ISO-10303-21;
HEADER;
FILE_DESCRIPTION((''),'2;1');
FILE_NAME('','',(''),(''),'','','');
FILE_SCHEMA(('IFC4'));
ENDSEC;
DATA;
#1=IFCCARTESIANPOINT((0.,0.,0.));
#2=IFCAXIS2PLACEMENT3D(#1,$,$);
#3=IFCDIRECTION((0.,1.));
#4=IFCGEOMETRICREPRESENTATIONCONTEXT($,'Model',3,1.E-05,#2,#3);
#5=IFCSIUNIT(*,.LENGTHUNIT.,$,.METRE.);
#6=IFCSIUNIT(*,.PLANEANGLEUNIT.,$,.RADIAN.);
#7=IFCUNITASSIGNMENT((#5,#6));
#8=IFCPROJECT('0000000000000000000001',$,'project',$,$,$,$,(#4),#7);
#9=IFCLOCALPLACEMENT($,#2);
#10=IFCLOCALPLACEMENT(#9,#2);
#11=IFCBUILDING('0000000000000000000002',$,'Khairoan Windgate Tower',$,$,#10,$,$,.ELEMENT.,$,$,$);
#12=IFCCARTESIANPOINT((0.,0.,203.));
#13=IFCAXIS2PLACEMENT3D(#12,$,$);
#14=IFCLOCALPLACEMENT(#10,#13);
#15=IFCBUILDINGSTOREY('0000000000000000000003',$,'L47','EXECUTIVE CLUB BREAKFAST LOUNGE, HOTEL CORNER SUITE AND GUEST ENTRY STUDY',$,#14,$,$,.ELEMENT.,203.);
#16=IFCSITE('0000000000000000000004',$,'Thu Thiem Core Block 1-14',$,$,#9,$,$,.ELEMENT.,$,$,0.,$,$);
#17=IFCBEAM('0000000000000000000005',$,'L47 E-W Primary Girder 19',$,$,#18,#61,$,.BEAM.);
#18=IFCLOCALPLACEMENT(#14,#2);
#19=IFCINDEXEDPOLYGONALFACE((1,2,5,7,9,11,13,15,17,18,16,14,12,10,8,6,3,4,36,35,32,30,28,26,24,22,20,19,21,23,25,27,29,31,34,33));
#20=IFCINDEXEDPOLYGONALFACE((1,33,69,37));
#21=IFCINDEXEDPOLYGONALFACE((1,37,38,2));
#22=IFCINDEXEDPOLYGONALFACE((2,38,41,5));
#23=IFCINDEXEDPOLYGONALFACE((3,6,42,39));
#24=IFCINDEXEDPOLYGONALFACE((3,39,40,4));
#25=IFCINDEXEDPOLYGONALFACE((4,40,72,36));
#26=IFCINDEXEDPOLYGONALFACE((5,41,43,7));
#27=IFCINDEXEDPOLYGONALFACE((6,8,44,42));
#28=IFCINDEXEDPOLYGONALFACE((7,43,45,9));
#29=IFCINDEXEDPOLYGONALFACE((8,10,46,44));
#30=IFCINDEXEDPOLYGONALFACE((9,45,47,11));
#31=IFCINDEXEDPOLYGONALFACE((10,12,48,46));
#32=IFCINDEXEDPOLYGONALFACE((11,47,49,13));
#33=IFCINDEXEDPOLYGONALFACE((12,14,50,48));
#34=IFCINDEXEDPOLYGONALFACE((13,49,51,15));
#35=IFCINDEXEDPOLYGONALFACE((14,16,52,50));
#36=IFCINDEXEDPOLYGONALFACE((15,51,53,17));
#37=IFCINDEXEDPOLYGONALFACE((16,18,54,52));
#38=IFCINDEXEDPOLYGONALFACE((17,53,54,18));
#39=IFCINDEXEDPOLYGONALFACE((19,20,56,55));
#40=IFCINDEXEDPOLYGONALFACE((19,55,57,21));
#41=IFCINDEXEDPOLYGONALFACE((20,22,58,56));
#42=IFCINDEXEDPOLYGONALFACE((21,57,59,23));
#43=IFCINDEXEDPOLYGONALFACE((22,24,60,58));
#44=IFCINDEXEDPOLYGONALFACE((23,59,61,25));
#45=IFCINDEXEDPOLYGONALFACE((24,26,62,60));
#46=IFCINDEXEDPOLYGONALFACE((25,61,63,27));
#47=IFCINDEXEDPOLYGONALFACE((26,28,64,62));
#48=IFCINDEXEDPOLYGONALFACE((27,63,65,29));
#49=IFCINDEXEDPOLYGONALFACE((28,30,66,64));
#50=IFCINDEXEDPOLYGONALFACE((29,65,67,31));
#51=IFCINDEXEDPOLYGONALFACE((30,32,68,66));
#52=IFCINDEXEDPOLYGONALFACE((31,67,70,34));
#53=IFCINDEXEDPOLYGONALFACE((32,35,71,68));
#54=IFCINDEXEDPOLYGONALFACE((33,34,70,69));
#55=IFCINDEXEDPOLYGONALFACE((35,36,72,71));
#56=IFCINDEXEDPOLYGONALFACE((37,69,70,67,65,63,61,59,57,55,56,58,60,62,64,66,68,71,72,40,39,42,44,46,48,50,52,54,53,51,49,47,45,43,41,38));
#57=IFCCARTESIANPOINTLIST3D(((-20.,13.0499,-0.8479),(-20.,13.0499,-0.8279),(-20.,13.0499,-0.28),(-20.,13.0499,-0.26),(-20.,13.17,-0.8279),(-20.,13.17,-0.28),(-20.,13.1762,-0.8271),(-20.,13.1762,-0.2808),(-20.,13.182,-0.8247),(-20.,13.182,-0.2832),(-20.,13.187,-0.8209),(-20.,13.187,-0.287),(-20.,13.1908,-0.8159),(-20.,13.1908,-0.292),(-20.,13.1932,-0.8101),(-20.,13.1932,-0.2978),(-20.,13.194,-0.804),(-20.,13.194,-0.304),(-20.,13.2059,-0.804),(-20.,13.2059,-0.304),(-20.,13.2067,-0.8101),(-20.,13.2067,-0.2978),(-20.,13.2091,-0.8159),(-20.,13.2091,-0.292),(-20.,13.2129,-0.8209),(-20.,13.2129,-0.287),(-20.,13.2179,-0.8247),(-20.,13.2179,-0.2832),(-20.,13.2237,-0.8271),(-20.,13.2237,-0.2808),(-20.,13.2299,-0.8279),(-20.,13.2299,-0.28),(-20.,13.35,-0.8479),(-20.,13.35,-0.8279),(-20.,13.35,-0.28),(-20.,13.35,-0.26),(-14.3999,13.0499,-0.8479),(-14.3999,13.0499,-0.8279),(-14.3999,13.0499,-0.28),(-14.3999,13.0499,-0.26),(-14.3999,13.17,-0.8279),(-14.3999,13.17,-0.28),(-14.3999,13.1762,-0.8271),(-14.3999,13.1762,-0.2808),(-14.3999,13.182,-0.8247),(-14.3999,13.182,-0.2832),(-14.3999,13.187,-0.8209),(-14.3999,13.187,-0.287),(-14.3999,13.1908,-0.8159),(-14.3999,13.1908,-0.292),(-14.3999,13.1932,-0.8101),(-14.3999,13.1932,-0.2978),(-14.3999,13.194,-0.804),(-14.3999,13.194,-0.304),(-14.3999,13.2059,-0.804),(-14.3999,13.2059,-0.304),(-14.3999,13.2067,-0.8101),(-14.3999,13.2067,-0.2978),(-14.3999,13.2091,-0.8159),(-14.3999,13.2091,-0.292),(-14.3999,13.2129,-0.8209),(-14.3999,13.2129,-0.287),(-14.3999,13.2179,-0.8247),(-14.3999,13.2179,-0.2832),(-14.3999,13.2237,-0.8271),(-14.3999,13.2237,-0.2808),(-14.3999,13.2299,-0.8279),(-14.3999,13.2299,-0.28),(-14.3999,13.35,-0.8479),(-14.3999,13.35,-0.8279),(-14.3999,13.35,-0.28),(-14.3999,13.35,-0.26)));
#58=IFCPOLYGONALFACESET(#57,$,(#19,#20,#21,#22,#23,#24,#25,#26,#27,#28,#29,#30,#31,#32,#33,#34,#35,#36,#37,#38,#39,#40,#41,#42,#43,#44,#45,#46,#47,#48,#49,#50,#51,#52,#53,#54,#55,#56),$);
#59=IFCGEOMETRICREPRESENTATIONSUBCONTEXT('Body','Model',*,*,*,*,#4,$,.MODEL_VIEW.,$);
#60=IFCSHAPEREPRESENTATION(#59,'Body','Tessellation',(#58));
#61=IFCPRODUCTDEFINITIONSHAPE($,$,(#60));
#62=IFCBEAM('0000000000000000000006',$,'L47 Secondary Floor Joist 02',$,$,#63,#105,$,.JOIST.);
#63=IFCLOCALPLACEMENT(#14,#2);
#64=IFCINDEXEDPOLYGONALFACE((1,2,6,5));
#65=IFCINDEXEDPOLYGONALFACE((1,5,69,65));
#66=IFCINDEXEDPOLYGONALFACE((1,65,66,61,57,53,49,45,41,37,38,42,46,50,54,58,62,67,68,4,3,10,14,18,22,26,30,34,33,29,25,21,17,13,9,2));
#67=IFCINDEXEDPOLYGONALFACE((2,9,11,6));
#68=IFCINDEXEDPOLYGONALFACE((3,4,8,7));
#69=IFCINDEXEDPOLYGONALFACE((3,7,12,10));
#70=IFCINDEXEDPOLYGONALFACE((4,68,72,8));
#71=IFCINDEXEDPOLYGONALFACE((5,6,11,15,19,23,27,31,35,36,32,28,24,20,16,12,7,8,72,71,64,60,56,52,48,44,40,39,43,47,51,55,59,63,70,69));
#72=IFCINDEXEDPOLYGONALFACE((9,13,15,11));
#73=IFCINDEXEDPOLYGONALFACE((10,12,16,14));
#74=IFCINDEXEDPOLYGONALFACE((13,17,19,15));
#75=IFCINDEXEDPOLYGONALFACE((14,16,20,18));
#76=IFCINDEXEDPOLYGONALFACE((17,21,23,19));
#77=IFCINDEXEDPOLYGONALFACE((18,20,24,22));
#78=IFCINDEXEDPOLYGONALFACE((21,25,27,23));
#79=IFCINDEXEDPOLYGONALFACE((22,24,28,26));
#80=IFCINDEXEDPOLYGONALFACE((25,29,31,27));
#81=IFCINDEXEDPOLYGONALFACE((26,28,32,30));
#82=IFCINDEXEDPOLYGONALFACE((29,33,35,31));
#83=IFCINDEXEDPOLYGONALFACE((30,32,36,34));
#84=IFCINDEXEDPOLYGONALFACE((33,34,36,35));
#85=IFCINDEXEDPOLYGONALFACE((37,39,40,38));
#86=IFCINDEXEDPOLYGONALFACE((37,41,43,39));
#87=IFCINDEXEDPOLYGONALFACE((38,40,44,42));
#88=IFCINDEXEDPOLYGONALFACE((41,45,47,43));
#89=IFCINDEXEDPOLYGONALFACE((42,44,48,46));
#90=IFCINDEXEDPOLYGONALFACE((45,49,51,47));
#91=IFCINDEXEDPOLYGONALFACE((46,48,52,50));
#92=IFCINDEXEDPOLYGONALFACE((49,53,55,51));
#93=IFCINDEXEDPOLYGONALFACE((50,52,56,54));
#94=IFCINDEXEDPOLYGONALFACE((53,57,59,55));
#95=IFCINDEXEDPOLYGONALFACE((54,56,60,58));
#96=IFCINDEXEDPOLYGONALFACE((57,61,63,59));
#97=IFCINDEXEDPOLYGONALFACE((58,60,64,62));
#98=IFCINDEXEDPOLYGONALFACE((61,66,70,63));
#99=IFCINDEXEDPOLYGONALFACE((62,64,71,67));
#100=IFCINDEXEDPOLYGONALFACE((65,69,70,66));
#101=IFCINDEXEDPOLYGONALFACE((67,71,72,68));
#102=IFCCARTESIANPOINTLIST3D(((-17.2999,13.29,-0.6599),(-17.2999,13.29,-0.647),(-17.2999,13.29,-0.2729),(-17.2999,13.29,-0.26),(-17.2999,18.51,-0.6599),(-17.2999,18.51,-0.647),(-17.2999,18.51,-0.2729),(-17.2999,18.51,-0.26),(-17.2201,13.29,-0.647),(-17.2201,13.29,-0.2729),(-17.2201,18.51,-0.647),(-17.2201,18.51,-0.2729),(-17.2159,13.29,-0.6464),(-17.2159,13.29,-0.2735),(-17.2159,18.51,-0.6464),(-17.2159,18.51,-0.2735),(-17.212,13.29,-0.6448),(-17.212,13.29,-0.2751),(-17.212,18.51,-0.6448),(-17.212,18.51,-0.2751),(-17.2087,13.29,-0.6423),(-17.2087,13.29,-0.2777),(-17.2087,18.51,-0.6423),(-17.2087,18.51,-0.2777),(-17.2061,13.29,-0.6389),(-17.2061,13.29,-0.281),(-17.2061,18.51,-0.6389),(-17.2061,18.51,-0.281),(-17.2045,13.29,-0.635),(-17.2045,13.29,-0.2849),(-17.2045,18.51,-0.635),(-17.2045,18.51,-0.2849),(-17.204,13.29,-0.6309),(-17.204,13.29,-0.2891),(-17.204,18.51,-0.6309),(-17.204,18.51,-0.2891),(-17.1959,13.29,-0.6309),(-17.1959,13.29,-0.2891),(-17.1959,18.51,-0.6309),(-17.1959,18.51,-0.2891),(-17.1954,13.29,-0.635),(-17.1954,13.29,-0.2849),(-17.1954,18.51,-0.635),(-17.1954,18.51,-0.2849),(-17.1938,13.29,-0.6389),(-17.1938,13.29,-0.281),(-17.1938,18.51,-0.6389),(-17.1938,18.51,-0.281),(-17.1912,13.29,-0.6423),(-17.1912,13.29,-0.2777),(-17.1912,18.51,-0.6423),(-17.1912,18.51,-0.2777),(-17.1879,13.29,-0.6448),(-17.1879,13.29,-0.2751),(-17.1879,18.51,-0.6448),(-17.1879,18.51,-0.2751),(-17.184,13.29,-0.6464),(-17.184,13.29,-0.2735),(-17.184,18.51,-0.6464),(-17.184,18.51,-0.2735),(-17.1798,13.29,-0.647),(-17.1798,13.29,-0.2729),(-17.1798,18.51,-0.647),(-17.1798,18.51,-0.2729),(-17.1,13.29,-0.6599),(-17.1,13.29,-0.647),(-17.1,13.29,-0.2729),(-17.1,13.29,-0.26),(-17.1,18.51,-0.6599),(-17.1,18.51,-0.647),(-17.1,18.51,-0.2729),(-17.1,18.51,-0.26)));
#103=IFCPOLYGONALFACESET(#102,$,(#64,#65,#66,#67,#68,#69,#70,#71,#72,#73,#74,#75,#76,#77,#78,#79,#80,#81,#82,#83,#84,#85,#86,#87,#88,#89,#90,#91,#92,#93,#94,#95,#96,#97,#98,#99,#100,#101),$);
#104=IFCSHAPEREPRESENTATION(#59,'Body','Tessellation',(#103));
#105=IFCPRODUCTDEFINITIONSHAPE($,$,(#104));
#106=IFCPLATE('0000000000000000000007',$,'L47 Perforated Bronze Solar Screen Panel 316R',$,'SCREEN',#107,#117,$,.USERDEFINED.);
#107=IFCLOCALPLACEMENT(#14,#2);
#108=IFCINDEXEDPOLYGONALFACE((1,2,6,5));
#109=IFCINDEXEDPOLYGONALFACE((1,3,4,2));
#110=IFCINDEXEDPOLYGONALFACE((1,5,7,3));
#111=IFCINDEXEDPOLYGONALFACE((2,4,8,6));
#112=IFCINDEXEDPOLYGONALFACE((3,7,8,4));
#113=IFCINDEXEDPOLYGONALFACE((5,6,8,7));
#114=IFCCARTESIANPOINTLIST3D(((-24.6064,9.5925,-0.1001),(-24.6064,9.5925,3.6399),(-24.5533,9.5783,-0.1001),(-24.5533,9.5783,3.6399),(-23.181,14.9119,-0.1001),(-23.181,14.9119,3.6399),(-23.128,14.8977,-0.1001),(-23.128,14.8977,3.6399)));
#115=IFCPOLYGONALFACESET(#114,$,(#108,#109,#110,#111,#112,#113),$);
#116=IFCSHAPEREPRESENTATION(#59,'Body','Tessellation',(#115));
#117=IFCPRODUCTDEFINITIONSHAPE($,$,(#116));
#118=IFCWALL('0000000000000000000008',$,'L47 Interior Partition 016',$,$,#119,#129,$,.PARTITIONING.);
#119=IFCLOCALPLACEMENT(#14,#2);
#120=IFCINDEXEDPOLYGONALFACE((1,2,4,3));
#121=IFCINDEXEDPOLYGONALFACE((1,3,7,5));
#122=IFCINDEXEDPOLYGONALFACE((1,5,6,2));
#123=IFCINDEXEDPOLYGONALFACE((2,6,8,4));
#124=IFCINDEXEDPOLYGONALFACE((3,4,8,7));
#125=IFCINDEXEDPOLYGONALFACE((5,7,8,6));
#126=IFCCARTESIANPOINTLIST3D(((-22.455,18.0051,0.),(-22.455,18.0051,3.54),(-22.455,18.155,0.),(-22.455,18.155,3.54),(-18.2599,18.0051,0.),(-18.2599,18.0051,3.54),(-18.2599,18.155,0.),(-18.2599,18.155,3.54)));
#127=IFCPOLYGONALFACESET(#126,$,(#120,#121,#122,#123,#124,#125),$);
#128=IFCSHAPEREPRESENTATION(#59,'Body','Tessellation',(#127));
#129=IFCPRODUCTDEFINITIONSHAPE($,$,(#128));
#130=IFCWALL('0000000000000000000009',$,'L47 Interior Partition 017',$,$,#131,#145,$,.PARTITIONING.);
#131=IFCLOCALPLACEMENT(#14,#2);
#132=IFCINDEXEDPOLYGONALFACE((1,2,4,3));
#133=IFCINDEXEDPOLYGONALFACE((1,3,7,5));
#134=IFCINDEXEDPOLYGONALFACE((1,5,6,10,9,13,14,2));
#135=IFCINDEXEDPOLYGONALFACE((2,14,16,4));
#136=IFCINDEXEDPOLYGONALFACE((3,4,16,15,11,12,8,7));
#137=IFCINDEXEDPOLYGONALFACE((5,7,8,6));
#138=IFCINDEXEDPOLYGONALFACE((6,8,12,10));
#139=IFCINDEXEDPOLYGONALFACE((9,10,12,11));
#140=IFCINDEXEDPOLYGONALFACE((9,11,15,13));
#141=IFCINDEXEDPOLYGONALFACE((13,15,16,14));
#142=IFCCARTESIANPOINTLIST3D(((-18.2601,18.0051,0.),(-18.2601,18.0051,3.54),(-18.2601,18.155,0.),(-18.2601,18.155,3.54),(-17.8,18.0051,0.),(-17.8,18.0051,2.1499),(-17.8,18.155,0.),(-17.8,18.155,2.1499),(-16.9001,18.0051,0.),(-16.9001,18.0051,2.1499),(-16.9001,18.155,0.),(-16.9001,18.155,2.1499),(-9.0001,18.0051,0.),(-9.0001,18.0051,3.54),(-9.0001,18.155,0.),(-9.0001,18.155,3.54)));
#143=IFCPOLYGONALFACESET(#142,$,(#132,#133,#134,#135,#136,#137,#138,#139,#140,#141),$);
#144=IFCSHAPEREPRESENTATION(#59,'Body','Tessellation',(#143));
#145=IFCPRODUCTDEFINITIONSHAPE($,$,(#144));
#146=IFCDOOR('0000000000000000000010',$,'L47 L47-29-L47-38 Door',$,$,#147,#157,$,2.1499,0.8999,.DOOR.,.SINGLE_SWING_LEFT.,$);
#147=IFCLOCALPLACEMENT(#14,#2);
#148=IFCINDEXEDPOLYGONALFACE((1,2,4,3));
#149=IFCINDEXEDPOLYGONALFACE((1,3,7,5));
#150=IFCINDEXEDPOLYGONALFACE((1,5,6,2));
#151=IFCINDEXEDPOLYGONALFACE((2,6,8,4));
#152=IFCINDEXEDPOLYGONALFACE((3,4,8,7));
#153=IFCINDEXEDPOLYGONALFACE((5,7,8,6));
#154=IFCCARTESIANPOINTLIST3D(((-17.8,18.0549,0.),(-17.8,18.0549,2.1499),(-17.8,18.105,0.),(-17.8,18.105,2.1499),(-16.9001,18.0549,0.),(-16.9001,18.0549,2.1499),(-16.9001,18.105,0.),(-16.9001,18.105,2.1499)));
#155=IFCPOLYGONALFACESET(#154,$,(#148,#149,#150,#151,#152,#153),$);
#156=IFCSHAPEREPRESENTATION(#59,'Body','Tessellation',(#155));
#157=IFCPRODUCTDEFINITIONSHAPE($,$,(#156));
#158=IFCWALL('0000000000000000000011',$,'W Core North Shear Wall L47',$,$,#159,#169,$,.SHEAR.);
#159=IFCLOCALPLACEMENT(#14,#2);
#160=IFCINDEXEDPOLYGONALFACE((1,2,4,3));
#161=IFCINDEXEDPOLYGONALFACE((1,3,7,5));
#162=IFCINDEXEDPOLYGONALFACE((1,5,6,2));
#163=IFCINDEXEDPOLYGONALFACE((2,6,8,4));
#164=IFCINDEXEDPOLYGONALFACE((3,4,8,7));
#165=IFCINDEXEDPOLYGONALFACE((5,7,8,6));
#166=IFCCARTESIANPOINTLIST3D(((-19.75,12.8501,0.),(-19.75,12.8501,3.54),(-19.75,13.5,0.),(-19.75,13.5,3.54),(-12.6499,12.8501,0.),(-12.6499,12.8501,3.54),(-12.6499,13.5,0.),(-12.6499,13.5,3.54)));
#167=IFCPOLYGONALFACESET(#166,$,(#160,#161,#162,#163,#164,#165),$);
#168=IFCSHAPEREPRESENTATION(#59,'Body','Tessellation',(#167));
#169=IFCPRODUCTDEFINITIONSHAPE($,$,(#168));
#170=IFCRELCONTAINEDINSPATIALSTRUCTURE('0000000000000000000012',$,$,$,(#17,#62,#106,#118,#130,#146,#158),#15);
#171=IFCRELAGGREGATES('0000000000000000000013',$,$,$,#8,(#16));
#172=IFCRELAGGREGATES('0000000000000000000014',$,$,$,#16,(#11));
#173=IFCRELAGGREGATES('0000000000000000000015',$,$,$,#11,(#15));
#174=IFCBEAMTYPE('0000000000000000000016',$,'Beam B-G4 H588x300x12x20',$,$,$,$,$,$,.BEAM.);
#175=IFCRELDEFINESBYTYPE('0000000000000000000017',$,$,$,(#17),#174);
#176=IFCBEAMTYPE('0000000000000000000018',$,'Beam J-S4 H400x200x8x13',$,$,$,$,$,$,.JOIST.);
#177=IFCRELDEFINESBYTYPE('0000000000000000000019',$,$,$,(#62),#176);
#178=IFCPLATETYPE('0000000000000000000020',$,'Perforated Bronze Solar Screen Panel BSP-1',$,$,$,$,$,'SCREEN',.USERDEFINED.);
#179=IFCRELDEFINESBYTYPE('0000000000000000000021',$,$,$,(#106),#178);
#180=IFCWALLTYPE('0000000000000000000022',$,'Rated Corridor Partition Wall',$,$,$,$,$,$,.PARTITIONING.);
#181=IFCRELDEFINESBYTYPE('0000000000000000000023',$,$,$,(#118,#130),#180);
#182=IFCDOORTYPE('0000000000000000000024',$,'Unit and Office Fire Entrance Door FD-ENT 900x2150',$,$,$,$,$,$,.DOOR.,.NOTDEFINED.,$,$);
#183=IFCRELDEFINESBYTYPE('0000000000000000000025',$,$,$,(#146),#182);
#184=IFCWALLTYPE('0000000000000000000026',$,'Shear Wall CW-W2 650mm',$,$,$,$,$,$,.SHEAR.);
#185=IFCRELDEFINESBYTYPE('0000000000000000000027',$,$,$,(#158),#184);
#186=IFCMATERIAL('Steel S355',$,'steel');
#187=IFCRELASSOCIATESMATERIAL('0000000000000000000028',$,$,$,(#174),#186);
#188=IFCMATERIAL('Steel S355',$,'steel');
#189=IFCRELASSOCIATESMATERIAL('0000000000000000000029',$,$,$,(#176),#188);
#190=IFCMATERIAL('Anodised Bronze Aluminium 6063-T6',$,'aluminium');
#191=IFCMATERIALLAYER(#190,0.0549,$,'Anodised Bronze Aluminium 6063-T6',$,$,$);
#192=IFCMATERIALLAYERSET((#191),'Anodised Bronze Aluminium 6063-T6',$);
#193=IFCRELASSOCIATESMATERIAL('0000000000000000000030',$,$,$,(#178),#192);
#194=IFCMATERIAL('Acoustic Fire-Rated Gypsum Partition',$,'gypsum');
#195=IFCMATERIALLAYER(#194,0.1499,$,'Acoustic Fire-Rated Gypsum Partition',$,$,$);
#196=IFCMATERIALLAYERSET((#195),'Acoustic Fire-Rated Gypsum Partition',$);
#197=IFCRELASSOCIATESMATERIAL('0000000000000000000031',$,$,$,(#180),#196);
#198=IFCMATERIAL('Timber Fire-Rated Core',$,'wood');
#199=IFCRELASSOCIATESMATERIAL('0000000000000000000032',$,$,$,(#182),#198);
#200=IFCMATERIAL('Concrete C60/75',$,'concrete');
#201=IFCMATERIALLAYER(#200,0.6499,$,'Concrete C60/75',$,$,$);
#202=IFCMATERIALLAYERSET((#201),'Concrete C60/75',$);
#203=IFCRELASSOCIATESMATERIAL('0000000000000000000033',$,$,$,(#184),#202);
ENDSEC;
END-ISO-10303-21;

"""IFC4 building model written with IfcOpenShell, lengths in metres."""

from ifc_helpers import new_model, si_unit, direction, frame, frame_2d, origin, origin_2d, place, context, subcontext, project, spatial, rectangle, i_section, extrude, material, layer, layer_set, material_profile, profile_set, type_object, element, fill, save


model = new_model("IFC4")

# Units and contexts
model_context = context("Model", 3, precision=1e-05, world=origin(), true_north=direction((0.0, 1.0)))
body_context = subcontext(model_context, "Body", "Model", "MODEL_VIEW")
ifc_project = project(units=[si_unit("LENGTHUNIT", "METRE"), si_unit("PLANEANGLEUNIT", "RADIAN")], contexts=[model_context])

# Site, building, storey
site_placement = place(None, origin())
site = spatial("IfcSite", under=ifc_project, at=site_placement, Name="Thu Thiem Core Block 1-14", CompositionType="ELEMENT", RefElevation=0.0)
building_placement = place(site_placement, origin())
building = spatial("IfcBuilding", under=site, at=building_placement, Name="Khairoan Windgate Tower", CompositionType="ELEMENT")
storey_placement = place(building_placement, frame((0.0, 0.0, 203.0)))
storey = spatial("IfcBuildingStorey", under=building, at=storey_placement, Name="L47", Description="EXECUTIVE CLUB BREAKFAST LOUNGE, HOTEL CORNER SUITE AND GUEST ENTRY STUDY", CompositionType="ELEMENT", Elevation=203.0)

# Beams
ifc_material_1 = material(Name="Steel S355", Category="steel")
ifc_material_profile_1 = material_profile(ifc_material_1, i_section(OverallWidth=0.3, OverallDepth=0.5879, WebThickness=0.012, FlangeThickness=0.02, FilletRadius=0.0239, at=origin_2d()))
ifc_profile_set_1 = profile_set([ifc_material_profile_1], Name="Steel S355")
beam_type_1 = type_object("IfcBeamType", Name="Beam B-G4 H588x300x12x20", PredefinedType="BEAM", material=ifc_profile_set_1)
beam_1_placement = place(storey_placement, frame((-20.0, 13.2, -0.554), z_axis=(1.0, 0.0, 0.0), x_axis=(0.0, 1.0, 0.0)))
element("IfcBeam", 1, at=beam_1_placement, inside=storey, type_object=beam_type_1, Name="L47 E-W Primary Girder 19", PredefinedType="BEAM", context=body_context, shape_type="SweptSolid", body=[
    extrude(i_section(OverallWidth=0.3, OverallDepth=0.5879, WebThickness=0.012, FlangeThickness=0.02, FilletRadius=0.0239, at=origin_2d()), origin(), (0.0, 0.0, 1.0), 5.6001),
])
ifc_material_2 = material(Name="Steel S355", Category="steel")
ifc_material_profile_2 = material_profile(ifc_material_2, i_section(OverallWidth=0.2, OverallDepth=0.3999, WebThickness=0.0081, FlangeThickness=0.0129, FilletRadius=0.0161, at=origin_2d()))
ifc_profile_set_2 = profile_set([ifc_material_profile_2], Name="Steel S355")
beam_type_2 = type_object("IfcBeamType", Name="Beam J-S4 H400x200x8x13", PredefinedType="JOIST", material=ifc_profile_set_2)
beam_2_placement = place(storey_placement, frame((-17.2, 13.29, -0.46), z_axis=(0.0, 1.0, 0.0), x_axis=(-1.0, 0.0, 0.0)))
element("IfcBeam", 2, at=beam_2_placement, inside=storey, type_object=beam_type_2, Name="L47 Secondary Floor Joist 02", PredefinedType="JOIST", context=body_context, shape_type="SweptSolid", body=[
    extrude(i_section(OverallWidth=0.2, OverallDepth=0.3999, WebThickness=0.0081, FlangeThickness=0.0129, FilletRadius=0.0161, at=origin_2d()), origin(), (0.0, 0.0, 1.0), 5.22),
])

# Plate
ifc_material_3 = material(Name="Anodised Bronze Aluminium 6063-T6", Category="aluminium")
ifc_layer_1 = layer(ifc_material_3, 0.0549, Name="Anodised Bronze Aluminium 6063-T6")
ifc_layer_set_1 = layer_set([ifc_layer_1], Name="Anodised Bronze Aluminium 6063-T6")
plate_type = type_object("IfcPlateType", Name="Perforated Bronze Solar Screen Panel BSP-1", ElementType="SCREEN", PredefinedType="USERDEFINED", material=ifc_layer_set_1)
plate_placement = place(storey_placement, frame((-23.8672, 12.2451, -0.1001), z_axis=(0.0, 0.0, 1.0), x_axis=(0.258819, 0.965926, 0.0)))
element("IfcPlate", 3, at=plate_placement, inside=storey, type_object=plate_type, Name="L47 Perforated Bronze Solar Screen Panel 316R", ObjectType="SCREEN", PredefinedType="USERDEFINED", context=body_context, shape_type="SweptSolid", body=[
    extrude(rectangle(XDim=5.5071, YDim=0.0549, at=origin_2d()), origin(), (0.0, 0.0, 1.0), 3.74),
])

# Wall
ifc_material_4 = material(Name="Acoustic Fire-Rated Gypsum Partition", Category="gypsum")
ifc_layer_2 = layer(ifc_material_4, 0.1499, Name="Acoustic Fire-Rated Gypsum Partition")
ifc_layer_set_2 = layer_set([ifc_layer_2], Name="Acoustic Fire-Rated Gypsum Partition")
wall_type_1 = type_object("IfcWallType", Name="Rated Corridor Partition Wall", PredefinedType="PARTITIONING", material=ifc_layer_set_2)
wall_1_placement = place(storey_placement, frame((-22.4551, 18.0801, 0.0), z_axis=(0.0, 0.0, 1.0), x_axis=(1.0, 0.0, 0.0)))
element("IfcWall", 4, at=wall_1_placement, inside=storey, type_object=wall_type_1, Name="L47 Interior Partition 016", PredefinedType="PARTITIONING", context=body_context, shape_type="SweptSolid", body=[
    extrude(rectangle(XDim=4.1951, YDim=0.1499, at=frame_2d((2.0977, 0.0))), origin(), (0.0, 0.0, 1.0), 3.54),
])

# Wall, opening, door
wall_2_placement = place(storey_placement, frame((-18.26, 18.0801, 0.0), z_axis=(0.0, 0.0, 1.0), x_axis=(1.0, 0.0, 0.0)))
wall_2 = element("IfcWall", 5, at=wall_2_placement, inside=storey, type_object=wall_type_1, Name="L47 Interior Partition 017", PredefinedType="PARTITIONING", context=body_context, shape_type="SweptSolid", body=[
    extrude(rectangle(XDim=9.26, YDim=0.1499, at=frame_2d((4.6299, 0.0))), origin(), (0.0, 0.0, 1.0), 3.54),
])
opening_1_placement = place(wall_2_placement, frame((0.46, 0.0, 0.0)))
opening_1 = element("IfcOpeningElement", 6, at=opening_1_placement, cuts=wall_2, PredefinedType="OPENING", context=body_context, shape_type="SweptSolid", body=[
    extrude(rectangle(XDim=0.8999, YDim=2.1499, at=frame_2d((0.45, 1.075))), frame((0.0, 0.085, 0.0), z_axis=(0.0, -1.0, 0.0), x_axis=(1.0, 0.0, 0.0)), (0.0, 0.0, 1.0), 0.1699),
])
ifc_material_5 = material(Name="Timber Fire-Rated Core", Category="wood")
door_type = type_object("IfcDoorType", Name="Unit and Office Fire Entrance Door FD-ENT 900x2150", OperationType="NOTDEFINED", PredefinedType="DOOR", material=ifc_material_5)
door_1_placement = place(opening_1_placement, origin())
door_1 = element("IfcDoor", 7, at=door_1_placement, inside=storey, type_object=door_type, Name="L47 L47-29-L47-38 Door", OperationType="SINGLE_SWING_LEFT", OverallHeight=2.1499, OverallWidth=0.8999, PredefinedType="DOOR", context=body_context, shape_type="SweptSolid", body=[
    extrude(rectangle(XDim=0.8999, YDim=2.1499, at=frame_2d((0.45, 1.075))), frame((0.0, 0.0249, 0.0), z_axis=(0.0, -1.0, 0.0), x_axis=(1.0, 0.0, 0.0)), (0.0, 0.0, 1.0), 0.05),
])
fill(opening_1, door_1)

# Wall
ifc_material_6 = material(Name="Concrete C60/75", Category="concrete")
ifc_layer_3 = layer(ifc_material_6, 0.6499, Name="Concrete C60/75")
ifc_layer_set_3 = layer_set([ifc_layer_3], Name="Concrete C60/75")
wall_type_2 = type_object("IfcWallType", Name="Shear Wall CW-W2 650mm", PredefinedType="SHEAR", material=ifc_layer_set_3)
wall_3_placement = place(storey_placement, frame((-19.75, 13.175, 0.0), z_axis=(0.0, 0.0, 1.0), x_axis=(1.0, 0.0, 0.0)))
element("IfcWall", 8, at=wall_3_placement, inside=storey, type_object=wall_type_2, Name="W Core North Shear Wall L47", PredefinedType="SHEAR", context=body_context, shape_type="SweptSolid", body=[
    extrude(rectangle(XDim=7.1001, YDim=0.6499, at=frame_2d((3.55, 0.0))), origin(), (0.0, 0.0, 1.0), 3.54),
])

save(model, "model.ifc")
